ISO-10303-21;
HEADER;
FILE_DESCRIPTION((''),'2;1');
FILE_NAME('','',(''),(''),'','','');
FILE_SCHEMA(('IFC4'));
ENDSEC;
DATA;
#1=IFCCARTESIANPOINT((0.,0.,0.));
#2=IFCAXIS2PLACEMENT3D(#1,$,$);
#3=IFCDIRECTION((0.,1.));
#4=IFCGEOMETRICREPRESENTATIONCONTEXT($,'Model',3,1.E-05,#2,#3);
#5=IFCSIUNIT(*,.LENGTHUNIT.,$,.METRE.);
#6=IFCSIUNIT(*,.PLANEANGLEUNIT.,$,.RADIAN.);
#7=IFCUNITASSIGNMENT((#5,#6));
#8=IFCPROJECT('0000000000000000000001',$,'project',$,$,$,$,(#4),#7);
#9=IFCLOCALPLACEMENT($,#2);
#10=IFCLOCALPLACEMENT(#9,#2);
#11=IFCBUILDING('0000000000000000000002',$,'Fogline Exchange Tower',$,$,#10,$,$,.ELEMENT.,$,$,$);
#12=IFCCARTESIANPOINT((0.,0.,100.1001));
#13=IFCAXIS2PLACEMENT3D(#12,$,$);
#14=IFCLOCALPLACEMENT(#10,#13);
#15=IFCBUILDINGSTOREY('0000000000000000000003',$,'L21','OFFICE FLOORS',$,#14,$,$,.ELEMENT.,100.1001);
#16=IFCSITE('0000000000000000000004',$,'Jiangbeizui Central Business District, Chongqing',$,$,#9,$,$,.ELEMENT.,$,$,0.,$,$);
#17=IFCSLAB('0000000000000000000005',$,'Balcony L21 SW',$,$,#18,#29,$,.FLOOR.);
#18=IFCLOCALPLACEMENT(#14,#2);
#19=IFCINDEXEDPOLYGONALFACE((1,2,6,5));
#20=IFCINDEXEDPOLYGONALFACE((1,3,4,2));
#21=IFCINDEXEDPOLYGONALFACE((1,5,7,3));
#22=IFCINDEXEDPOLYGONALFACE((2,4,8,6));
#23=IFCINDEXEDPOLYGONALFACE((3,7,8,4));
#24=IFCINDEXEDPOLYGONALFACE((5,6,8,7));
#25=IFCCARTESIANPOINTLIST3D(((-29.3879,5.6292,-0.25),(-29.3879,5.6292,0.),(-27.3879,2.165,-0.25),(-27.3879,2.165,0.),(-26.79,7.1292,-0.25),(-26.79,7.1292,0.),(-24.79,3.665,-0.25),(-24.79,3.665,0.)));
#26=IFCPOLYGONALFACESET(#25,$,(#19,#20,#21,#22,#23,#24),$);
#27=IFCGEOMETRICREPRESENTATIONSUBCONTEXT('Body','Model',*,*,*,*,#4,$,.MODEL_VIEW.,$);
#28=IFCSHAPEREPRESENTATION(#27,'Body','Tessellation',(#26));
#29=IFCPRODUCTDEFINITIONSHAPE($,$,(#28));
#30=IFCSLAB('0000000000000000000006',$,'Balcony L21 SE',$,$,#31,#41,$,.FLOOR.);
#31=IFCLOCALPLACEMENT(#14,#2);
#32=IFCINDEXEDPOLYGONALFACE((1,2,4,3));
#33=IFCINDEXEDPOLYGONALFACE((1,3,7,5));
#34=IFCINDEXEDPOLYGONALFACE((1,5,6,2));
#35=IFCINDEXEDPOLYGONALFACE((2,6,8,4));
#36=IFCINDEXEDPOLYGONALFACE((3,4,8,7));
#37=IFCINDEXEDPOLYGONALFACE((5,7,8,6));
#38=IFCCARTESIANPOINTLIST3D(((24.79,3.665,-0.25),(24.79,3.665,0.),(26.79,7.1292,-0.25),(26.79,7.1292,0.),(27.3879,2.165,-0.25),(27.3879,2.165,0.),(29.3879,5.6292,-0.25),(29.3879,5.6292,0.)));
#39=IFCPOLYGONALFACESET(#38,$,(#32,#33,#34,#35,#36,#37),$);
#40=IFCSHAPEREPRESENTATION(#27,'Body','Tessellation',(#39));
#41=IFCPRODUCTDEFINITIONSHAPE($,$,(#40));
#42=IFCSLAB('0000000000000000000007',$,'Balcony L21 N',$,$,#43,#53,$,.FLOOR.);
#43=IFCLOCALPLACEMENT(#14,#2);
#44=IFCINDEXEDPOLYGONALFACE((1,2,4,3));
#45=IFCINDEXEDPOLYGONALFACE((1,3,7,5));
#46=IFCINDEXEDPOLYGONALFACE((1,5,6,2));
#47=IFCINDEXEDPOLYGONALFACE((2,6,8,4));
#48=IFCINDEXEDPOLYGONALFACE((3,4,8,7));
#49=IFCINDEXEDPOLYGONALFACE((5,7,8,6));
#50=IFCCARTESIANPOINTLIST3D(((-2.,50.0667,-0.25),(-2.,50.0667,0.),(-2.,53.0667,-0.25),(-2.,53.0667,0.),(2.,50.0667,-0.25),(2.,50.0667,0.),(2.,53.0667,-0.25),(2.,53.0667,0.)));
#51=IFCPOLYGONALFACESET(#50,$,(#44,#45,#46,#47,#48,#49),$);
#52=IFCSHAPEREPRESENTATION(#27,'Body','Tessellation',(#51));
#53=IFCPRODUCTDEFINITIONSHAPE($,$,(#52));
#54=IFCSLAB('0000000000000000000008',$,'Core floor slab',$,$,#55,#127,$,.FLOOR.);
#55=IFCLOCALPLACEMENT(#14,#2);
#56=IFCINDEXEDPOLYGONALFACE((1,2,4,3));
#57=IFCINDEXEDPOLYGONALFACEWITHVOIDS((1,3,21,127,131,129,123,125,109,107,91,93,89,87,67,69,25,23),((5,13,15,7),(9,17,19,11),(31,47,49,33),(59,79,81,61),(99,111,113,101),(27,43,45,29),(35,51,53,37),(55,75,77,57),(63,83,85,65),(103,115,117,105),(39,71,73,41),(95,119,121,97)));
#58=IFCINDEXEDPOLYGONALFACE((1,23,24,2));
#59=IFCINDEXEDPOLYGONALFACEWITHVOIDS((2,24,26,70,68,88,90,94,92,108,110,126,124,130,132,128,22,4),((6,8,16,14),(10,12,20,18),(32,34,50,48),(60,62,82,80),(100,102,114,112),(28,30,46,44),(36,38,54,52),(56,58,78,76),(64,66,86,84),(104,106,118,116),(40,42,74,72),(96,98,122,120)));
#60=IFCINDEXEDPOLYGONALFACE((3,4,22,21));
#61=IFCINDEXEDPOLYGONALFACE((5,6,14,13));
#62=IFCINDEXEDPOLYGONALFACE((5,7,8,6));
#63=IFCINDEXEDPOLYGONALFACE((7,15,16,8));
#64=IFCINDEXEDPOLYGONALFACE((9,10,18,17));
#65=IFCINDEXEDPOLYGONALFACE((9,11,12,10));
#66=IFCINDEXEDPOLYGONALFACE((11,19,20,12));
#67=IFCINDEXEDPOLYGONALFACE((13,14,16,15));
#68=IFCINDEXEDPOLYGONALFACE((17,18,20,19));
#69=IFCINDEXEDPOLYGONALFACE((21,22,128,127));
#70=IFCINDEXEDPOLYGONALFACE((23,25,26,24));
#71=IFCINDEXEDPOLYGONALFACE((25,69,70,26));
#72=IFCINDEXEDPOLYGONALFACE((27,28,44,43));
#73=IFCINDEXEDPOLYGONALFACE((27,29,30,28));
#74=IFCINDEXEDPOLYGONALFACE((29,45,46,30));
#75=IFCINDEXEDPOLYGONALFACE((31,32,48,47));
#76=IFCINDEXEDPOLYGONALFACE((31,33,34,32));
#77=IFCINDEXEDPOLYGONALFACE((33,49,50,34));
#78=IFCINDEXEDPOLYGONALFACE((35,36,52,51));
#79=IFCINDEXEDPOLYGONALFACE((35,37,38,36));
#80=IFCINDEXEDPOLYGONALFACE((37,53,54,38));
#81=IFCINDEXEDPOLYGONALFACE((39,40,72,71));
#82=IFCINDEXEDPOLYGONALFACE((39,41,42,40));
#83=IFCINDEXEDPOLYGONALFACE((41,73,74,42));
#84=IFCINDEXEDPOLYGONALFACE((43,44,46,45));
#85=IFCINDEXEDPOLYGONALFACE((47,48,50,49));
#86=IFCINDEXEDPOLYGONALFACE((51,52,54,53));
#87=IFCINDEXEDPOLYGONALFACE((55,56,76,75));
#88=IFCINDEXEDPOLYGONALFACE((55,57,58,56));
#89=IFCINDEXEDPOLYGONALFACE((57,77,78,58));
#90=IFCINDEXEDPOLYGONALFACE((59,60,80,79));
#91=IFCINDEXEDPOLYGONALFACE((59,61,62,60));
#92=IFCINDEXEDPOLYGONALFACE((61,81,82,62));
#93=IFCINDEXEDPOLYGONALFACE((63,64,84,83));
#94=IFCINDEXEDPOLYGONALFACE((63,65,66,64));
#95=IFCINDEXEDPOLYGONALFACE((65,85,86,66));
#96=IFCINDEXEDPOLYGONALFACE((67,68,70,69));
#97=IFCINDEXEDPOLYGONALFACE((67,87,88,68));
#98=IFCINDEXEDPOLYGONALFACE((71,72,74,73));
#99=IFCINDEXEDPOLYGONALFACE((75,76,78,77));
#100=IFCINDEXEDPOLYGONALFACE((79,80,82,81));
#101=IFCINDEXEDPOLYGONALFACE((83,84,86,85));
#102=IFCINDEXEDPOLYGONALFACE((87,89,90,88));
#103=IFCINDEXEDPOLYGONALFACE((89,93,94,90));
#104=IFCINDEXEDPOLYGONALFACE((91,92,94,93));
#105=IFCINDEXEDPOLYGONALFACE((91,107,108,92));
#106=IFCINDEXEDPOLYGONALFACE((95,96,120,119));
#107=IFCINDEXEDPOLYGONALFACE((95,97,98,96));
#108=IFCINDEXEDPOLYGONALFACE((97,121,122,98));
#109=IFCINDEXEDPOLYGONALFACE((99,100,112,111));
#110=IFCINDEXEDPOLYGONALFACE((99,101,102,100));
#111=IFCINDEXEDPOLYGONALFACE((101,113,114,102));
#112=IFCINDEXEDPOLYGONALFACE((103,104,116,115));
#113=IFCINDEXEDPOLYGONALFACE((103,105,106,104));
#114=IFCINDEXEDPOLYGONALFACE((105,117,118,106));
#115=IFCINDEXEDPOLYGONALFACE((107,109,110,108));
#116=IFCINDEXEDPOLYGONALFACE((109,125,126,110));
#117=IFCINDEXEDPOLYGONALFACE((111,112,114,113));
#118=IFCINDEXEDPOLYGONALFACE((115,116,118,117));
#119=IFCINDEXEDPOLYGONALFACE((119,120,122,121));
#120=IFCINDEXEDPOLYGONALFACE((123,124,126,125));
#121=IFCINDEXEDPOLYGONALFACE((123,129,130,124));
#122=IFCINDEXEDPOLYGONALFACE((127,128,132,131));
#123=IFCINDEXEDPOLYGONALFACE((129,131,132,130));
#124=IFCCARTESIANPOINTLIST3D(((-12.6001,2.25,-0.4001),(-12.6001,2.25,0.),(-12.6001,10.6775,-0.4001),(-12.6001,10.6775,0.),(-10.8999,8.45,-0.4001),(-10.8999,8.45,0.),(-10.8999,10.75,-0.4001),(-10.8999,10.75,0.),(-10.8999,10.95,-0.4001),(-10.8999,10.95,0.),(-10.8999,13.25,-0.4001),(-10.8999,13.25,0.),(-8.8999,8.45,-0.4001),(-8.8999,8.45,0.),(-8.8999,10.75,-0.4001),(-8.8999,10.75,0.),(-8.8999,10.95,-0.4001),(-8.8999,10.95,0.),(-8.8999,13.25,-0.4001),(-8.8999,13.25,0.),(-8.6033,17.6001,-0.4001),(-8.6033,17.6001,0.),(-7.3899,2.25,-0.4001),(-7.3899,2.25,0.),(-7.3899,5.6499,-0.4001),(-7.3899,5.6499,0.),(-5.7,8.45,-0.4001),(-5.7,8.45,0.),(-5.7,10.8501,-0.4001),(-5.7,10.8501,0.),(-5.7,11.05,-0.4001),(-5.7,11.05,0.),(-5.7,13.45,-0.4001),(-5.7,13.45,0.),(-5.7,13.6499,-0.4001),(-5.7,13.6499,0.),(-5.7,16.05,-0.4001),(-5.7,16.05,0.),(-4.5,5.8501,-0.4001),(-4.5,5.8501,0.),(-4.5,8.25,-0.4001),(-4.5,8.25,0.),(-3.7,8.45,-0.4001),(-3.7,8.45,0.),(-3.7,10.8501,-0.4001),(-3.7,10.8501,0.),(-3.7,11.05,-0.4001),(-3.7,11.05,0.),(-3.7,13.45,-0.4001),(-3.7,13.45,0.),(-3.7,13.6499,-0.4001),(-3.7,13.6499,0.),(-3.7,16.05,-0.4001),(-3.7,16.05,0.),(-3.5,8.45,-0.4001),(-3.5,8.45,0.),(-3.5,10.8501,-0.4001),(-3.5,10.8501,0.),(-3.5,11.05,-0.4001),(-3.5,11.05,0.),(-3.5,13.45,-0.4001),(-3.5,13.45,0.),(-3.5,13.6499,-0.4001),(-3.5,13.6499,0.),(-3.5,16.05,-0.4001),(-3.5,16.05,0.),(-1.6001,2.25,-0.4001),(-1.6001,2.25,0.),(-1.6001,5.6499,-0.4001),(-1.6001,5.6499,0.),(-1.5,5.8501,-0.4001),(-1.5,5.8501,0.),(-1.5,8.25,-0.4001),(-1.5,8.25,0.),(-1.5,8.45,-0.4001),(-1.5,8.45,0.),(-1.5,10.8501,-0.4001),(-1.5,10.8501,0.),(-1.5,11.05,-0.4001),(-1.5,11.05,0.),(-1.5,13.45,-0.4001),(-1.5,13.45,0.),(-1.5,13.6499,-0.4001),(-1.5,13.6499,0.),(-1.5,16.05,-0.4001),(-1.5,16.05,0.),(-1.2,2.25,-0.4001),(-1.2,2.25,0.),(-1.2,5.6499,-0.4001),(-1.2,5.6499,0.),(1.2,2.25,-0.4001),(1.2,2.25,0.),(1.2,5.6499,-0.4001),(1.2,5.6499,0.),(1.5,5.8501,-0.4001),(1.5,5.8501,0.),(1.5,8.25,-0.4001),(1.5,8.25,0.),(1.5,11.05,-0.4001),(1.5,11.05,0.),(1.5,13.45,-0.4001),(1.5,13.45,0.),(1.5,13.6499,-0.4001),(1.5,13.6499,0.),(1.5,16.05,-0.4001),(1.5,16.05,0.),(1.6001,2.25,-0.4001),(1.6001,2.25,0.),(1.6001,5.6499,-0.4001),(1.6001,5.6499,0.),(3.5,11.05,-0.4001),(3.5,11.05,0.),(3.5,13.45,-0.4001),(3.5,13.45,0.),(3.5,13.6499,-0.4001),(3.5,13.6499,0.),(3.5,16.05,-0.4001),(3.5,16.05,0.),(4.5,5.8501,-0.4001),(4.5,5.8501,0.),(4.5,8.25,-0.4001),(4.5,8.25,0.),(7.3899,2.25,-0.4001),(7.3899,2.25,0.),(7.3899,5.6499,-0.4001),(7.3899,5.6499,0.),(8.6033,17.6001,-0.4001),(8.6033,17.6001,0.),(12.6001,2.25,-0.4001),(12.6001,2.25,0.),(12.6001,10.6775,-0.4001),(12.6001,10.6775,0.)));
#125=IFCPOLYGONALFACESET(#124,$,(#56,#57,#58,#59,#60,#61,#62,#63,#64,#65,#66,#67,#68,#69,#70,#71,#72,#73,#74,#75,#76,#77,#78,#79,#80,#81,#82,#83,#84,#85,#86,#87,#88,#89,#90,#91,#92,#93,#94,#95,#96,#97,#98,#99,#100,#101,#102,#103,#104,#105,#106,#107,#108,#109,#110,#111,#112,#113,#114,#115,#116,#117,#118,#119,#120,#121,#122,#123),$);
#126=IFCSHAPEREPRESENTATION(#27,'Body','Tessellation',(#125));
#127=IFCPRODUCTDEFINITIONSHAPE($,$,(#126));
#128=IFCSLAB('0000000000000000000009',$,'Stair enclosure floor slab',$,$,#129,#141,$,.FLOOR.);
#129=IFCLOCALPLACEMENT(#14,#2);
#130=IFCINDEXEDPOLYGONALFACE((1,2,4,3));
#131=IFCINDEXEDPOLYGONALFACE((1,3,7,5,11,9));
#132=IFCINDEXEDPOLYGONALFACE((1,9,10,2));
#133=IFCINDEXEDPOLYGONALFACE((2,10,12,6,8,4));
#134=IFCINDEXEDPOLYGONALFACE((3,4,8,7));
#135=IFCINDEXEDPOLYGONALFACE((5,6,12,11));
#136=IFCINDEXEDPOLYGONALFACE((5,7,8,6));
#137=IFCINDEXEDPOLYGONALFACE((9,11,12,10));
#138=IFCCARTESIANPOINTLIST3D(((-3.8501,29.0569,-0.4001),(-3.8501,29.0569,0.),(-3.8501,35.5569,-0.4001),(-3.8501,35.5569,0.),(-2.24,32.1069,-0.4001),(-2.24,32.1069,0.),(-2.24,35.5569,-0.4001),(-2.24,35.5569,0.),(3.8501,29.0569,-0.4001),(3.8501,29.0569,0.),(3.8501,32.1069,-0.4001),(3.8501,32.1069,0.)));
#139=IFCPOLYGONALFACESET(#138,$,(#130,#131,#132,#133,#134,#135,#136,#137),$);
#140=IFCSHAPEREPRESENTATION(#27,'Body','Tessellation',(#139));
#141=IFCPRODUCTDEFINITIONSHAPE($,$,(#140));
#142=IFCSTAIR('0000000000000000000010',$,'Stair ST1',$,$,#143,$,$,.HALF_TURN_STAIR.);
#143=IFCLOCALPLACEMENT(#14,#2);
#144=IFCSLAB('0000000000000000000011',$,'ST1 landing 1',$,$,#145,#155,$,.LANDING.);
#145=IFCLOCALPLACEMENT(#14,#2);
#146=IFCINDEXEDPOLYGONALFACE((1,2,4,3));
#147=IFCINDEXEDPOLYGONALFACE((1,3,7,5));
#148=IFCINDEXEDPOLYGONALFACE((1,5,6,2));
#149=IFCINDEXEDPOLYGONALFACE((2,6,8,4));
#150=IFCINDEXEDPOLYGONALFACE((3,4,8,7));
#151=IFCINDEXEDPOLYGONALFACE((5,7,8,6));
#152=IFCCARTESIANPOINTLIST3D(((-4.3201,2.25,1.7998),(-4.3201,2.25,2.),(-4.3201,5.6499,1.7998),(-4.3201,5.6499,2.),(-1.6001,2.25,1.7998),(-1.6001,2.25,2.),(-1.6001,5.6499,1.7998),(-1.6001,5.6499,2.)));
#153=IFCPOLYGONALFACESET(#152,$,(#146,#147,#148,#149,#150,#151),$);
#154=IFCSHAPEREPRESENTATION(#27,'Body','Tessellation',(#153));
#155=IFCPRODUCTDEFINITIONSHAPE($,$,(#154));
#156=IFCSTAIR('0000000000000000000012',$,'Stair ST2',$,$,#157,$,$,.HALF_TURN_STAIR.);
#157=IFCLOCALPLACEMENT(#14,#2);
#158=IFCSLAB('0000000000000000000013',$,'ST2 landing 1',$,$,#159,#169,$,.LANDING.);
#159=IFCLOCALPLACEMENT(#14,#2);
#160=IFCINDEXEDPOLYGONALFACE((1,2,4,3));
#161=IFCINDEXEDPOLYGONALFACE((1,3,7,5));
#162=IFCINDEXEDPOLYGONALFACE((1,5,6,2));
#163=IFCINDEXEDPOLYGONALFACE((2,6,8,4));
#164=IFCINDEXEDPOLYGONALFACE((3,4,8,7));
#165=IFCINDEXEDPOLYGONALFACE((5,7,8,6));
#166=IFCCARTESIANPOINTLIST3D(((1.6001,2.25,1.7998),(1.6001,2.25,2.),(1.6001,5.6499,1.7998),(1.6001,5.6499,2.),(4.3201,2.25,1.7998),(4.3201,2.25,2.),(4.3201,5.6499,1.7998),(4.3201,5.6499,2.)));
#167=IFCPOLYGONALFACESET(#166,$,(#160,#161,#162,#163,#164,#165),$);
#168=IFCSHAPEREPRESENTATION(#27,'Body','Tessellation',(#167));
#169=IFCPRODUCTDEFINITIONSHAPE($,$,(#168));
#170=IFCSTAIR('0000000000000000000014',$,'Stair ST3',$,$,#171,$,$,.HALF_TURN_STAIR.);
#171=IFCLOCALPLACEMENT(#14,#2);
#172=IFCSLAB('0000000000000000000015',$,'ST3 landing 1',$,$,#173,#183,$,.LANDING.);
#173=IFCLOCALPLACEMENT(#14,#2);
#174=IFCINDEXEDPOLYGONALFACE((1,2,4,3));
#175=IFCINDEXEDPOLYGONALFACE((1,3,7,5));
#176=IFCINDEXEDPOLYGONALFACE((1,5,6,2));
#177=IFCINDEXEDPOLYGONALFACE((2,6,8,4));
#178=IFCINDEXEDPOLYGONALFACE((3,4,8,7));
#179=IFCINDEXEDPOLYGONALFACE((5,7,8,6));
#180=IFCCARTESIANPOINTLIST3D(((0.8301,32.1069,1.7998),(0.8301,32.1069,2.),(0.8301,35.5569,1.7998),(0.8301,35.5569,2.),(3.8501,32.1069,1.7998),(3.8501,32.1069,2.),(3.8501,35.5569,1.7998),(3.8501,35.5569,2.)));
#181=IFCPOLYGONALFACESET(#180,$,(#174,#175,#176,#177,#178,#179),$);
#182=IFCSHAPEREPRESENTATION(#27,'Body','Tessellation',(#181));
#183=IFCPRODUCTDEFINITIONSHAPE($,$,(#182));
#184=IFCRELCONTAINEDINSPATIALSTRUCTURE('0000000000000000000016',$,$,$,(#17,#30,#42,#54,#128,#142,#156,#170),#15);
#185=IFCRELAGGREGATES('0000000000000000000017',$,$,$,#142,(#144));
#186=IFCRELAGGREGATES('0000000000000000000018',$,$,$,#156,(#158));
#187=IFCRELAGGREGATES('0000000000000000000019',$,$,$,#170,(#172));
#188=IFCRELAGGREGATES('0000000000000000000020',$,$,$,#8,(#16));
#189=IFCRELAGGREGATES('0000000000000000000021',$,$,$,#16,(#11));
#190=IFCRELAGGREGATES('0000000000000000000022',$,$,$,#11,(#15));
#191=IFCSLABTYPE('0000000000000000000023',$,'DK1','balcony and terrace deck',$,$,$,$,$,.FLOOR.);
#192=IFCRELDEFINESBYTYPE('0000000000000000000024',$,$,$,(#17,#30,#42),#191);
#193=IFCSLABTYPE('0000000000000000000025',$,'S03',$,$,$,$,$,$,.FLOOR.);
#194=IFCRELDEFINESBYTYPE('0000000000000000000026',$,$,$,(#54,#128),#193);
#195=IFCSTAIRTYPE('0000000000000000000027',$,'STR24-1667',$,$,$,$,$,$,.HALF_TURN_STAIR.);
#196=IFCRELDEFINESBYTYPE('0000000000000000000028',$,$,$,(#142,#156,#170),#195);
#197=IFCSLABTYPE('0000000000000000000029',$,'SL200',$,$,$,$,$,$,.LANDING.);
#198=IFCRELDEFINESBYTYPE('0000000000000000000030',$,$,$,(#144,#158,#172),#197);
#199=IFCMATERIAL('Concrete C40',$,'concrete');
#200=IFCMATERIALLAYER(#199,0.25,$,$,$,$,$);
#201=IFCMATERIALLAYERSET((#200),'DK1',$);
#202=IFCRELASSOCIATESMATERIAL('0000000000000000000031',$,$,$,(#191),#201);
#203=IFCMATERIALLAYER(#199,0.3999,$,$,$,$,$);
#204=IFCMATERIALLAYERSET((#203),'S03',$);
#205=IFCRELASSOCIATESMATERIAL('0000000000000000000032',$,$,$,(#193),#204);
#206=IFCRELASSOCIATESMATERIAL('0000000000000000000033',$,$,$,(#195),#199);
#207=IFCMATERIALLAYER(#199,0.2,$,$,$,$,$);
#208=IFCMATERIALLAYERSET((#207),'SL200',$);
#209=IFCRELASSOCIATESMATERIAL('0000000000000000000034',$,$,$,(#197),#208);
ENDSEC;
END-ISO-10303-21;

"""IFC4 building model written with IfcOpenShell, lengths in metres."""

from ifc_helpers import new_model, si_unit, direction, frame, origin, place, context, subcontext, project, spatial, polyline, outline, extrude, material, layer, layer_set, type_object, element, aggregate, save


model = new_model("IFC4")

# Units and contexts
model_context = context("Model", 3, precision=1e-05, world=origin(), true_north=direction((0.0, 1.0)))
body_context = subcontext(model_context, "Body", "Model", "MODEL_VIEW")
ifc_project = project(units=[si_unit("LENGTHUNIT", "METRE"), si_unit("PLANEANGLEUNIT", "RADIAN")], contexts=[model_context])

# Site, building, storey
site_placement = place(None, origin())
site = spatial("IfcSite", under=ifc_project, at=site_placement, Name="Jiangbeizui Central Business District, Chongqing", CompositionType="ELEMENT", RefElevation=0.0)
building_placement = place(site_placement, origin())
building = spatial("IfcBuilding", under=site, at=building_placement, Name="Fogline Exchange Tower", CompositionType="ELEMENT")
storey_placement = place(building_placement, frame((0.0, 0.0, 100.1001)))
storey = spatial("IfcBuildingStorey", under=building, at=storey_placement, Name="L21", Description="OFFICE FLOORS", CompositionType="ELEMENT", Elevation=100.1001)

# Slabs
ifc_material_1 = material(Name="Concrete C40", Category="concrete")
ifc_layer_1 = layer(ifc_material_1, 0.25)
ifc_layer_set_1 = layer_set([ifc_layer_1], Name="DK1")
slab_type_1 = type_object("IfcSlabType", Name="DK1", Description="balcony and terrace deck", PredefinedType="FLOOR", material=ifc_layer_set_1)
slab_1_placement = place(storey_placement, frame((0.0, 0.0, -0.25)))
element("IfcSlab", 1, at=slab_1_placement, inside=storey, type_object=slab_type_1, Name="Balcony L21 SW", PredefinedType="FLOOR", context=body_context, shape_type="SweptSolid", body=[
    extrude(outline(polyline([(-29.3879, 5.6292), (-27.3879, 2.165), (-24.79, 3.665), (-26.79, 7.1292), (-29.3879, 5.6292)])), origin(), (0.0, 0.0, 1.0), 0.25),
])
slab_2_placement = place(storey_placement, frame((0.0, 0.0, -0.25)))
element("IfcSlab", 2, at=slab_2_placement, inside=storey, type_object=slab_type_1, Name="Balcony L21 SE", PredefinedType="FLOOR", context=body_context, shape_type="SweptSolid", body=[
    extrude(outline(polyline([(27.3879, 2.165), (29.3879, 5.6292), (26.79, 7.1292), (24.79, 3.665), (27.3879, 2.165)])), origin(), (0.0, 0.0, 1.0), 0.25),
])
slab_3_placement = place(storey_placement, frame((0.0, 0.0, -0.25)))
element("IfcSlab", 3, at=slab_3_placement, inside=storey, type_object=slab_type_1, Name="Balcony L21 N", PredefinedType="FLOOR", context=body_context, shape_type="SweptSolid", body=[
    extrude(outline(polyline([(2.0, 53.0667), (-2.0, 53.0667), (-2.0, 50.0667), (2.0, 50.0667), (2.0, 53.0667)])), origin(), (0.0, 0.0, 1.0), 0.25),
])
ifc_layer_2 = layer(ifc_material_1, 0.3999)
ifc_layer_set_2 = layer_set([ifc_layer_2], Name="S03")
slab_type_2 = type_object("IfcSlabType", Name="S03", PredefinedType="FLOOR", material=ifc_layer_set_2)
slab_4_placement = place(storey_placement, frame((0.0, 0.0, -0.4001)))
element("IfcSlab", 4, at=slab_4_placement, inside=storey, type_object=slab_type_2, Name="Core floor slab", PredefinedType="FLOOR", context=body_context, shape_type="SweptSolid", body=[
    extrude(outline(polyline([(-12.6001, 2.25), (-12.6001, 10.6775), (-8.6033, 17.6001), (8.6033, 17.6001), (12.6001, 10.6775), (12.6001, 2.25), (7.3899, 2.25), (7.3899, 5.6499), (1.6001, 5.6499), (1.6001, 2.25), (1.2, 2.25), (1.2, 5.6499), (-1.2, 5.6499), (-1.2, 2.25), (-1.6001, 2.25), (-1.6001, 5.6499), (-7.3899, 5.6499), (-7.3899, 2.25), (-12.6001, 2.25)]), holes=[polyline([(-1.5, 8.25), (-4.5, 8.25), (-4.5, 5.8501), (-1.5, 5.8501), (-1.5, 8.25)]), polyline([(-8.8999, 10.75), (-10.8999, 10.75), (-10.8999, 8.45), (-8.8999, 8.45), (-8.8999, 10.75)]), polyline([(-3.7, 10.8501), (-5.7, 10.8501), (-5.7, 8.45), (-3.7, 8.45), (-3.7, 10.8501)]), polyline([(-1.5, 10.8501), (-3.5, 10.8501), (-3.5, 8.45), (-1.5, 8.45), (-1.5, 10.8501)]), polyline([(-8.8999, 13.25), (-10.8999, 13.25), (-10.8999, 10.95), (-8.8999, 10.95), (-8.8999, 13.25)]), polyline([(-3.7, 13.45), (-5.7, 13.45), (-5.7, 11.05), (-3.7, 11.05), (-3.7, 13.45)]), polyline([(-3.7, 16.05), (-5.7, 16.05), (-5.7, 13.6499), (-3.7, 13.6499), (-3.7, 16.05)]), polyline([(4.5, 8.25), (1.5, 8.25), (1.5, 5.8501), (4.5, 5.8501), (4.5, 8.25)]), polyline([(-1.5, 13.45), (-3.5, 13.45), (-3.5, 11.05), (-1.5, 11.05), (-1.5, 13.45)]), polyline([(3.5, 13.45), (1.5, 13.45), (1.5, 11.05), (3.5, 11.05), (3.5, 13.45)]), polyline([(-1.5, 16.05), (-3.5, 16.05), (-3.5, 13.6499), (-1.5, 13.6499), (-1.5, 16.05)]), polyline([(3.5, 16.05), (1.5, 16.05), (1.5, 13.6499), (3.5, 13.6499), (3.5, 16.05)])]), origin(), (0.0, 0.0, 1.0), 0.4001),
])
slab_5_placement = place(storey_placement, frame((0.0, 0.0, -0.4001)))
element("IfcSlab", 5, at=slab_5_placement, inside=storey, type_object=slab_type_2, Name="Stair enclosure floor slab", PredefinedType="FLOOR", context=body_context, shape_type="SweptSolid", body=[
    extrude(outline(polyline([(3.8501, 29.0569), (-3.8501, 29.0569), (-3.8501, 35.5569), (-2.24, 35.5569), (-2.24, 32.1069), (3.8501, 32.1069), (3.8501, 29.0569)])), origin(), (0.0, 0.0, 1.0), 0.4001),
])

# Stairs, slabs
stair_type = type_object("IfcStairType", Name="STR24-1667", PredefinedType="HALF_TURN_STAIR", material=ifc_material_1)
stair_1_placement = place(storey_placement, origin())
stair_1 = element("IfcStair", 6, at=stair_1_placement, inside=storey, type_object=stair_type, Name="Stair ST1", PredefinedType="HALF_TURN_STAIR")
ifc_layer_3 = layer(ifc_material_1, 0.2)
ifc_layer_set_3 = layer_set([ifc_layer_3], Name="SL200")
slab_type_3 = type_object("IfcSlabType", Name="SL200", PredefinedType="LANDING", material=ifc_layer_set_3)
slab_6_placement = place(storey_placement, frame((0.0, 0.0, 1.7998)))
slab_6 = element("IfcSlab", 7, at=slab_6_placement, type_object=slab_type_3, Name="ST1 landing 1", PredefinedType="LANDING", context=body_context, shape_type="SweptSolid", body=[
    extrude(outline(polyline([(-4.3201, 2.25), (-1.6001, 2.25), (-1.6001, 5.6499), (-4.3201, 5.6499), (-4.3201, 2.25)])), origin(), (0.0, 0.0, 1.0), 0.2002),
])
aggregate(stair_1, [slab_6])
stair_2_placement = place(storey_placement, origin())
stair_2 = element("IfcStair", 8, at=stair_2_placement, inside=storey, type_object=stair_type, Name="Stair ST2", PredefinedType="HALF_TURN_STAIR")
slab_7_placement = place(storey_placement, frame((0.0, 0.0, 1.7998)))
slab_7 = element("IfcSlab", 9, at=slab_7_placement, type_object=slab_type_3, Name="ST2 landing 1", PredefinedType="LANDING", context=body_context, shape_type="SweptSolid", body=[
    extrude(outline(polyline([(1.6001, 2.25), (4.3201, 2.25), (4.3201, 5.6499), (1.6001, 5.6499), (1.6001, 2.25)])), origin(), (0.0, 0.0, 1.0), 0.2002),
])
aggregate(stair_2, [slab_7])
stair_3_placement = place(storey_placement, origin())
stair_3 = element("IfcStair", 10, at=stair_3_placement, inside=storey, type_object=stair_type, Name="Stair ST3", PredefinedType="HALF_TURN_STAIR")
slab_8_placement = place(storey_placement, frame((0.0, 0.0, 1.7998)))
slab_8 = element("IfcSlab", 11, at=slab_8_placement, type_object=slab_type_3, Name="ST3 landing 1", PredefinedType="LANDING", context=body_context, shape_type="SweptSolid", body=[
    extrude(outline(polyline([(0.8301, 32.1069), (3.8501, 32.1069), (3.8501, 35.5569), (0.8301, 35.5569), (0.8301, 32.1069)])), origin(), (0.0, 0.0, 1.0), 0.2002),
])
aggregate(stair_3, [slab_8])

save(model, "model.ifc")
